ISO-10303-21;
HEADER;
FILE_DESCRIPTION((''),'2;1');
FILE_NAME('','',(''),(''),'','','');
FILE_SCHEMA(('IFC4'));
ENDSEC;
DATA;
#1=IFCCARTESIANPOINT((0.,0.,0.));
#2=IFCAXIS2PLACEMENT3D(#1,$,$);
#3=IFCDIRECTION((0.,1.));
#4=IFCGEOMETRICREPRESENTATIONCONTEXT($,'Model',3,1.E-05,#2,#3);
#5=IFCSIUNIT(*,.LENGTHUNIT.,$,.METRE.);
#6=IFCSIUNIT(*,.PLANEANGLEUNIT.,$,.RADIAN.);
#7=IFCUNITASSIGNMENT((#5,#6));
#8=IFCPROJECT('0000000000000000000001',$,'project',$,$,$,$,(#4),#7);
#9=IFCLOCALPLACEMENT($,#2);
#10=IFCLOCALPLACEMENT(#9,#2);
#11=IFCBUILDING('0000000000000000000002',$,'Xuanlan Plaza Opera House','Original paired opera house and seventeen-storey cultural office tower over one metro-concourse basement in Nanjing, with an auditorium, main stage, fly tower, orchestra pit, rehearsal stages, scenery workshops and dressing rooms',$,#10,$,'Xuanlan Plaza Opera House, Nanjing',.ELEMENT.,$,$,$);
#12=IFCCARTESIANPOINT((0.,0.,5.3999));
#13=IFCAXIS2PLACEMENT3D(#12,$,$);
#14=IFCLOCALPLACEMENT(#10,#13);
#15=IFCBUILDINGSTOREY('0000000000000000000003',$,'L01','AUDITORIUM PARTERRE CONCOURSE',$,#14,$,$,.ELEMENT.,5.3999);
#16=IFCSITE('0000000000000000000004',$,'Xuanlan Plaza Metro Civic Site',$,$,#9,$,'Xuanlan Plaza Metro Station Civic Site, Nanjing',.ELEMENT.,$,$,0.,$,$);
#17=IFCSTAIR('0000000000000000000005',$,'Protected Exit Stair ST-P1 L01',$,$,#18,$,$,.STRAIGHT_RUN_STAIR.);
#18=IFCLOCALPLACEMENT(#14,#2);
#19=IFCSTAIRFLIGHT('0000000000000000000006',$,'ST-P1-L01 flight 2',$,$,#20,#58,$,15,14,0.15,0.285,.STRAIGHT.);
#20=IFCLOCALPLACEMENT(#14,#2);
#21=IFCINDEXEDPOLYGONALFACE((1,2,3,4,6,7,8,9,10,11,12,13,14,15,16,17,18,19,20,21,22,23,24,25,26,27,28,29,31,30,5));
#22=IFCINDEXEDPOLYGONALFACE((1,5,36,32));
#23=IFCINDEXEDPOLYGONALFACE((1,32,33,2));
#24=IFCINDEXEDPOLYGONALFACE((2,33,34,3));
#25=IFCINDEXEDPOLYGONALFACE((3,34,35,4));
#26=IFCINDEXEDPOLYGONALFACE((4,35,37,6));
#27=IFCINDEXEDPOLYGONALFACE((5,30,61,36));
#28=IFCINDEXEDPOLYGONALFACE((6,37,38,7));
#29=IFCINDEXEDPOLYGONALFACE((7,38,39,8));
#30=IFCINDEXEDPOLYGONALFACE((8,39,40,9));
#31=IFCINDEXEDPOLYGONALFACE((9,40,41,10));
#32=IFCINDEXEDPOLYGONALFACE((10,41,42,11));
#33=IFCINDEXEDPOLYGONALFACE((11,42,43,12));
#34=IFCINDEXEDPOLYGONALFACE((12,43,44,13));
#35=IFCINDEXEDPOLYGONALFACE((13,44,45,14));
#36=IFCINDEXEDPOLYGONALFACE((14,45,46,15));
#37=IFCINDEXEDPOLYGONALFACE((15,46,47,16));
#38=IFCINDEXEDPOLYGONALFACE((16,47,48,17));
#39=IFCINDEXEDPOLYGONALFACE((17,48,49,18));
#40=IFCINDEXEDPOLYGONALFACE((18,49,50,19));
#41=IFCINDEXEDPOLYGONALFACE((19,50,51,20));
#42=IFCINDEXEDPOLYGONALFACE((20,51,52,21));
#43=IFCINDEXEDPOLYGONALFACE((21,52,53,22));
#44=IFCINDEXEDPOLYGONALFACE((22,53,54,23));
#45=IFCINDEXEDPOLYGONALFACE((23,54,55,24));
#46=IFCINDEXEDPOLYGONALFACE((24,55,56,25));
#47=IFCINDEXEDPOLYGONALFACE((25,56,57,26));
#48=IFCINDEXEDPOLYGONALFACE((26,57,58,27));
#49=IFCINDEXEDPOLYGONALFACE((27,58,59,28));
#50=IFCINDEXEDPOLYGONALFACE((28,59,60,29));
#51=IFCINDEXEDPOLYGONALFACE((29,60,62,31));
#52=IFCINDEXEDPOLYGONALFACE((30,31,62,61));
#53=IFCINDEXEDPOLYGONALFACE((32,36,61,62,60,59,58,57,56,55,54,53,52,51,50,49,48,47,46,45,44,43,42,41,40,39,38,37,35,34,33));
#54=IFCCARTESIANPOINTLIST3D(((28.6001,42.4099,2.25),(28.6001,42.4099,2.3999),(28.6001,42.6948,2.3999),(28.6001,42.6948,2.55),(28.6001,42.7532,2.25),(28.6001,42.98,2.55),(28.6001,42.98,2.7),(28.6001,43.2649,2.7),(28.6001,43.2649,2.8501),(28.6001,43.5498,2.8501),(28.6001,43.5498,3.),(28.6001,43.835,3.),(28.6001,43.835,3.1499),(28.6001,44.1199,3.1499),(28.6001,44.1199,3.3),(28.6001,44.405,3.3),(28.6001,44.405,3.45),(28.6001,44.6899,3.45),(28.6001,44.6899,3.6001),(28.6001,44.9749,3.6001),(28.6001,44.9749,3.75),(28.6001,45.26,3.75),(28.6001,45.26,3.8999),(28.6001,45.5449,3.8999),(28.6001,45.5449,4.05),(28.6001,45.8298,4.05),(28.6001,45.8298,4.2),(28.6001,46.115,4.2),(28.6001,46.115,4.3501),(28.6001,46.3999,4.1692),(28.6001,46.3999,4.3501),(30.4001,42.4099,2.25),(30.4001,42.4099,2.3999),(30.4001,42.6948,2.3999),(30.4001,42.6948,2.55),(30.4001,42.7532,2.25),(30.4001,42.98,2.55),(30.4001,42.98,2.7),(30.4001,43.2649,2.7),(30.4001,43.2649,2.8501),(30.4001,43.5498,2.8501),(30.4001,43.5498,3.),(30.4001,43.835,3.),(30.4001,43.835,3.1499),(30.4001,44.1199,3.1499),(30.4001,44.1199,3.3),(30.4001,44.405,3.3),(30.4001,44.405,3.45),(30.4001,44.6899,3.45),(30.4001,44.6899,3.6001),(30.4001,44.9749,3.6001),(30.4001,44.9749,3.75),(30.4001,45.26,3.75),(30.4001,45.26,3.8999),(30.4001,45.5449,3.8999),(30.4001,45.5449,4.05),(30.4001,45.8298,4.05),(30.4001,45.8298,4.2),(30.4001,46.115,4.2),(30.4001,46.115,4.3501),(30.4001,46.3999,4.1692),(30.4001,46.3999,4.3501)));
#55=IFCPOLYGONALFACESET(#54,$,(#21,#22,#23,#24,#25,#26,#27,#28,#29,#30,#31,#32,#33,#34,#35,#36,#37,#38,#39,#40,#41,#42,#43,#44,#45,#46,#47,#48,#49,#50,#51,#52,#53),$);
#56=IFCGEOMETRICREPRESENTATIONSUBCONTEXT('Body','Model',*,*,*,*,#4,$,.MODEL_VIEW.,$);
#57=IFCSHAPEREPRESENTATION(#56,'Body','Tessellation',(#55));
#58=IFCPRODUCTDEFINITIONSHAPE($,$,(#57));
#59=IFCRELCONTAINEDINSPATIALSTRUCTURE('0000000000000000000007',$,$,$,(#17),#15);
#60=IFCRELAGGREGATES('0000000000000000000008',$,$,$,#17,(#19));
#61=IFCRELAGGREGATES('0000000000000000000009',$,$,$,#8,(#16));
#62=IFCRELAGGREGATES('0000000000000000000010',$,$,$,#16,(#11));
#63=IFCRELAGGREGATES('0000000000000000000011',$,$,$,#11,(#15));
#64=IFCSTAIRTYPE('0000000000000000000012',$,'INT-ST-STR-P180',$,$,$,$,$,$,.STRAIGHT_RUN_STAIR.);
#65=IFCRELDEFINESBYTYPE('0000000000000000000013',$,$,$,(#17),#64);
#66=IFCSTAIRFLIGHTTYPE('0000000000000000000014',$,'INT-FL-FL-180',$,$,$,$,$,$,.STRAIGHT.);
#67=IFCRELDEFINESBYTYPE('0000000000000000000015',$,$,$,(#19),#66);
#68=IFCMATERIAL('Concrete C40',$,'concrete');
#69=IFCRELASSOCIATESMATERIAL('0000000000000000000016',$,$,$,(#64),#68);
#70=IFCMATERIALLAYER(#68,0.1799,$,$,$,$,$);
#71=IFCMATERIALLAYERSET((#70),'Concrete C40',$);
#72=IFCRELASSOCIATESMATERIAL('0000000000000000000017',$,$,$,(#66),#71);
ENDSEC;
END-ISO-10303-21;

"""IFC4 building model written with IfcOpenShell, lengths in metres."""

from ifc_helpers import new_model, si_unit, direction, frame, origin, place, context, subcontext, project, spatial, polyline, outline, extrude, material, layer, layer_set, type_object, element, aggregate, save


model = new_model("IFC4")

# Units and contexts
model_context = context("Model", 3, precision=1e-05, world=origin(), true_north=direction((0.0, 1.0)))
body_context = subcontext(model_context, "Body", "Model", "MODEL_VIEW")
ifc_project = project(units=[si_unit("LENGTHUNIT", "METRE"), si_unit("PLANEANGLEUNIT", "RADIAN")], contexts=[model_context])

# Site, building, storey
site_placement = place(None, origin())
site = spatial("IfcSite", under=ifc_project, at=site_placement, Name="Xuanlan Plaza Metro Civic Site", LongName="Xuanlan Plaza Metro Station Civic Site, Nanjing", CompositionType="ELEMENT", RefElevation=0.0)
building_placement = place(site_placement, origin())
building = spatial("IfcBuilding", under=site, at=building_placement, Name="Xuanlan Plaza Opera House", Description="Original paired opera house and seventeen-storey cultural office tower over one metro-concourse basement in Nanjing, with an auditorium, main stage, fly tower, orchestra pit, rehearsal stages, scenery workshops and dressing rooms", LongName="Xuanlan Plaza Opera House, Nanjing", CompositionType="ELEMENT")
storey_placement = place(building_placement, frame((0.0, 0.0, 5.3999)))
storey = spatial("IfcBuildingStorey", under=building, at=storey_placement, Name="L01", Description="AUDITORIUM PARTERRE CONCOURSE", CompositionType="ELEMENT", Elevation=5.3999)

# Shared definitions
ifc_material_1 = material(Name="Concrete C40", Category="concrete")

# Stair, stair flight
stair_type = type_object("IfcStairType", Name="INT-ST-STR-P180", PredefinedType="STRAIGHT_RUN_STAIR", material=ifc_material_1)
stair_placement = place(storey_placement, origin())
stair = element("IfcStair", 1, at=stair_placement, inside=storey, type_object=stair_type, Name="Protected Exit Stair ST-P1 L01", PredefinedType="STRAIGHT_RUN_STAIR")
ifc_layer_1 = layer(ifc_material_1, 0.1799)
ifc_layer_set_1 = layer_set([ifc_layer_1], Name="Concrete C40")
stair_flight_type = type_object("IfcStairFlightType", Name="INT-FL-FL-180", PredefinedType="STRAIGHT", material=ifc_layer_set_1)
stair_flight_placement = place(storey_placement, frame((29.5, 42.4099, 2.25), z_axis=(0.0, 0.0, 1.0), x_axis=(0.0, 1.0, 0.0)))
stair_flight = element("IfcStairFlight", 2, at=stair_flight_placement, type_object=stair_flight_type, Name="ST-P1-L01 flight 2", NumberOfRisers=15, NumberOfTreads=14, PredefinedType="STRAIGHT", RiserHeight=0.15, TreadLength=0.285, context=body_context, shape_type="SweptSolid", body=[
    extrude(outline(polyline([(0.0, 0.0), (0.0, 0.1499), (0.2849, 0.1499), (0.2849, 0.3), (0.5701, 0.3), (0.5701, 0.45), (0.855, 0.45), (0.855, 0.6001), (1.1399, 0.6001), (1.1399, 0.75), (1.425, 0.75), (1.425, 0.8999), (1.71, 0.8999), (1.71, 1.05), (1.9951, 1.05), (1.9951, 1.2), (2.28, 1.2), (2.28, 1.3501), (2.5649, 1.3501), (2.5649, 1.5), (2.8501, 1.5), (2.8501, 1.6499), (3.135, 1.6499), (3.135, 1.8), (3.4199, 1.8), (3.4199, 1.95), (3.7051, 1.95), (3.7051, 2.1001), (3.99, 2.1001), (3.99, 2.25), (3.99, 1.9192), (0.3433, 0.0), (0.0, 0.0)])), frame((0.0, 0.8999, 0.0), z_axis=(0.0, -1.0, 0.0), x_axis=(1.0, 0.0, 0.0)), (0.0, 0.0, 1.0), 1.8),
])
aggregate(stair, [stair_flight])

save(model, "model.ifc")
